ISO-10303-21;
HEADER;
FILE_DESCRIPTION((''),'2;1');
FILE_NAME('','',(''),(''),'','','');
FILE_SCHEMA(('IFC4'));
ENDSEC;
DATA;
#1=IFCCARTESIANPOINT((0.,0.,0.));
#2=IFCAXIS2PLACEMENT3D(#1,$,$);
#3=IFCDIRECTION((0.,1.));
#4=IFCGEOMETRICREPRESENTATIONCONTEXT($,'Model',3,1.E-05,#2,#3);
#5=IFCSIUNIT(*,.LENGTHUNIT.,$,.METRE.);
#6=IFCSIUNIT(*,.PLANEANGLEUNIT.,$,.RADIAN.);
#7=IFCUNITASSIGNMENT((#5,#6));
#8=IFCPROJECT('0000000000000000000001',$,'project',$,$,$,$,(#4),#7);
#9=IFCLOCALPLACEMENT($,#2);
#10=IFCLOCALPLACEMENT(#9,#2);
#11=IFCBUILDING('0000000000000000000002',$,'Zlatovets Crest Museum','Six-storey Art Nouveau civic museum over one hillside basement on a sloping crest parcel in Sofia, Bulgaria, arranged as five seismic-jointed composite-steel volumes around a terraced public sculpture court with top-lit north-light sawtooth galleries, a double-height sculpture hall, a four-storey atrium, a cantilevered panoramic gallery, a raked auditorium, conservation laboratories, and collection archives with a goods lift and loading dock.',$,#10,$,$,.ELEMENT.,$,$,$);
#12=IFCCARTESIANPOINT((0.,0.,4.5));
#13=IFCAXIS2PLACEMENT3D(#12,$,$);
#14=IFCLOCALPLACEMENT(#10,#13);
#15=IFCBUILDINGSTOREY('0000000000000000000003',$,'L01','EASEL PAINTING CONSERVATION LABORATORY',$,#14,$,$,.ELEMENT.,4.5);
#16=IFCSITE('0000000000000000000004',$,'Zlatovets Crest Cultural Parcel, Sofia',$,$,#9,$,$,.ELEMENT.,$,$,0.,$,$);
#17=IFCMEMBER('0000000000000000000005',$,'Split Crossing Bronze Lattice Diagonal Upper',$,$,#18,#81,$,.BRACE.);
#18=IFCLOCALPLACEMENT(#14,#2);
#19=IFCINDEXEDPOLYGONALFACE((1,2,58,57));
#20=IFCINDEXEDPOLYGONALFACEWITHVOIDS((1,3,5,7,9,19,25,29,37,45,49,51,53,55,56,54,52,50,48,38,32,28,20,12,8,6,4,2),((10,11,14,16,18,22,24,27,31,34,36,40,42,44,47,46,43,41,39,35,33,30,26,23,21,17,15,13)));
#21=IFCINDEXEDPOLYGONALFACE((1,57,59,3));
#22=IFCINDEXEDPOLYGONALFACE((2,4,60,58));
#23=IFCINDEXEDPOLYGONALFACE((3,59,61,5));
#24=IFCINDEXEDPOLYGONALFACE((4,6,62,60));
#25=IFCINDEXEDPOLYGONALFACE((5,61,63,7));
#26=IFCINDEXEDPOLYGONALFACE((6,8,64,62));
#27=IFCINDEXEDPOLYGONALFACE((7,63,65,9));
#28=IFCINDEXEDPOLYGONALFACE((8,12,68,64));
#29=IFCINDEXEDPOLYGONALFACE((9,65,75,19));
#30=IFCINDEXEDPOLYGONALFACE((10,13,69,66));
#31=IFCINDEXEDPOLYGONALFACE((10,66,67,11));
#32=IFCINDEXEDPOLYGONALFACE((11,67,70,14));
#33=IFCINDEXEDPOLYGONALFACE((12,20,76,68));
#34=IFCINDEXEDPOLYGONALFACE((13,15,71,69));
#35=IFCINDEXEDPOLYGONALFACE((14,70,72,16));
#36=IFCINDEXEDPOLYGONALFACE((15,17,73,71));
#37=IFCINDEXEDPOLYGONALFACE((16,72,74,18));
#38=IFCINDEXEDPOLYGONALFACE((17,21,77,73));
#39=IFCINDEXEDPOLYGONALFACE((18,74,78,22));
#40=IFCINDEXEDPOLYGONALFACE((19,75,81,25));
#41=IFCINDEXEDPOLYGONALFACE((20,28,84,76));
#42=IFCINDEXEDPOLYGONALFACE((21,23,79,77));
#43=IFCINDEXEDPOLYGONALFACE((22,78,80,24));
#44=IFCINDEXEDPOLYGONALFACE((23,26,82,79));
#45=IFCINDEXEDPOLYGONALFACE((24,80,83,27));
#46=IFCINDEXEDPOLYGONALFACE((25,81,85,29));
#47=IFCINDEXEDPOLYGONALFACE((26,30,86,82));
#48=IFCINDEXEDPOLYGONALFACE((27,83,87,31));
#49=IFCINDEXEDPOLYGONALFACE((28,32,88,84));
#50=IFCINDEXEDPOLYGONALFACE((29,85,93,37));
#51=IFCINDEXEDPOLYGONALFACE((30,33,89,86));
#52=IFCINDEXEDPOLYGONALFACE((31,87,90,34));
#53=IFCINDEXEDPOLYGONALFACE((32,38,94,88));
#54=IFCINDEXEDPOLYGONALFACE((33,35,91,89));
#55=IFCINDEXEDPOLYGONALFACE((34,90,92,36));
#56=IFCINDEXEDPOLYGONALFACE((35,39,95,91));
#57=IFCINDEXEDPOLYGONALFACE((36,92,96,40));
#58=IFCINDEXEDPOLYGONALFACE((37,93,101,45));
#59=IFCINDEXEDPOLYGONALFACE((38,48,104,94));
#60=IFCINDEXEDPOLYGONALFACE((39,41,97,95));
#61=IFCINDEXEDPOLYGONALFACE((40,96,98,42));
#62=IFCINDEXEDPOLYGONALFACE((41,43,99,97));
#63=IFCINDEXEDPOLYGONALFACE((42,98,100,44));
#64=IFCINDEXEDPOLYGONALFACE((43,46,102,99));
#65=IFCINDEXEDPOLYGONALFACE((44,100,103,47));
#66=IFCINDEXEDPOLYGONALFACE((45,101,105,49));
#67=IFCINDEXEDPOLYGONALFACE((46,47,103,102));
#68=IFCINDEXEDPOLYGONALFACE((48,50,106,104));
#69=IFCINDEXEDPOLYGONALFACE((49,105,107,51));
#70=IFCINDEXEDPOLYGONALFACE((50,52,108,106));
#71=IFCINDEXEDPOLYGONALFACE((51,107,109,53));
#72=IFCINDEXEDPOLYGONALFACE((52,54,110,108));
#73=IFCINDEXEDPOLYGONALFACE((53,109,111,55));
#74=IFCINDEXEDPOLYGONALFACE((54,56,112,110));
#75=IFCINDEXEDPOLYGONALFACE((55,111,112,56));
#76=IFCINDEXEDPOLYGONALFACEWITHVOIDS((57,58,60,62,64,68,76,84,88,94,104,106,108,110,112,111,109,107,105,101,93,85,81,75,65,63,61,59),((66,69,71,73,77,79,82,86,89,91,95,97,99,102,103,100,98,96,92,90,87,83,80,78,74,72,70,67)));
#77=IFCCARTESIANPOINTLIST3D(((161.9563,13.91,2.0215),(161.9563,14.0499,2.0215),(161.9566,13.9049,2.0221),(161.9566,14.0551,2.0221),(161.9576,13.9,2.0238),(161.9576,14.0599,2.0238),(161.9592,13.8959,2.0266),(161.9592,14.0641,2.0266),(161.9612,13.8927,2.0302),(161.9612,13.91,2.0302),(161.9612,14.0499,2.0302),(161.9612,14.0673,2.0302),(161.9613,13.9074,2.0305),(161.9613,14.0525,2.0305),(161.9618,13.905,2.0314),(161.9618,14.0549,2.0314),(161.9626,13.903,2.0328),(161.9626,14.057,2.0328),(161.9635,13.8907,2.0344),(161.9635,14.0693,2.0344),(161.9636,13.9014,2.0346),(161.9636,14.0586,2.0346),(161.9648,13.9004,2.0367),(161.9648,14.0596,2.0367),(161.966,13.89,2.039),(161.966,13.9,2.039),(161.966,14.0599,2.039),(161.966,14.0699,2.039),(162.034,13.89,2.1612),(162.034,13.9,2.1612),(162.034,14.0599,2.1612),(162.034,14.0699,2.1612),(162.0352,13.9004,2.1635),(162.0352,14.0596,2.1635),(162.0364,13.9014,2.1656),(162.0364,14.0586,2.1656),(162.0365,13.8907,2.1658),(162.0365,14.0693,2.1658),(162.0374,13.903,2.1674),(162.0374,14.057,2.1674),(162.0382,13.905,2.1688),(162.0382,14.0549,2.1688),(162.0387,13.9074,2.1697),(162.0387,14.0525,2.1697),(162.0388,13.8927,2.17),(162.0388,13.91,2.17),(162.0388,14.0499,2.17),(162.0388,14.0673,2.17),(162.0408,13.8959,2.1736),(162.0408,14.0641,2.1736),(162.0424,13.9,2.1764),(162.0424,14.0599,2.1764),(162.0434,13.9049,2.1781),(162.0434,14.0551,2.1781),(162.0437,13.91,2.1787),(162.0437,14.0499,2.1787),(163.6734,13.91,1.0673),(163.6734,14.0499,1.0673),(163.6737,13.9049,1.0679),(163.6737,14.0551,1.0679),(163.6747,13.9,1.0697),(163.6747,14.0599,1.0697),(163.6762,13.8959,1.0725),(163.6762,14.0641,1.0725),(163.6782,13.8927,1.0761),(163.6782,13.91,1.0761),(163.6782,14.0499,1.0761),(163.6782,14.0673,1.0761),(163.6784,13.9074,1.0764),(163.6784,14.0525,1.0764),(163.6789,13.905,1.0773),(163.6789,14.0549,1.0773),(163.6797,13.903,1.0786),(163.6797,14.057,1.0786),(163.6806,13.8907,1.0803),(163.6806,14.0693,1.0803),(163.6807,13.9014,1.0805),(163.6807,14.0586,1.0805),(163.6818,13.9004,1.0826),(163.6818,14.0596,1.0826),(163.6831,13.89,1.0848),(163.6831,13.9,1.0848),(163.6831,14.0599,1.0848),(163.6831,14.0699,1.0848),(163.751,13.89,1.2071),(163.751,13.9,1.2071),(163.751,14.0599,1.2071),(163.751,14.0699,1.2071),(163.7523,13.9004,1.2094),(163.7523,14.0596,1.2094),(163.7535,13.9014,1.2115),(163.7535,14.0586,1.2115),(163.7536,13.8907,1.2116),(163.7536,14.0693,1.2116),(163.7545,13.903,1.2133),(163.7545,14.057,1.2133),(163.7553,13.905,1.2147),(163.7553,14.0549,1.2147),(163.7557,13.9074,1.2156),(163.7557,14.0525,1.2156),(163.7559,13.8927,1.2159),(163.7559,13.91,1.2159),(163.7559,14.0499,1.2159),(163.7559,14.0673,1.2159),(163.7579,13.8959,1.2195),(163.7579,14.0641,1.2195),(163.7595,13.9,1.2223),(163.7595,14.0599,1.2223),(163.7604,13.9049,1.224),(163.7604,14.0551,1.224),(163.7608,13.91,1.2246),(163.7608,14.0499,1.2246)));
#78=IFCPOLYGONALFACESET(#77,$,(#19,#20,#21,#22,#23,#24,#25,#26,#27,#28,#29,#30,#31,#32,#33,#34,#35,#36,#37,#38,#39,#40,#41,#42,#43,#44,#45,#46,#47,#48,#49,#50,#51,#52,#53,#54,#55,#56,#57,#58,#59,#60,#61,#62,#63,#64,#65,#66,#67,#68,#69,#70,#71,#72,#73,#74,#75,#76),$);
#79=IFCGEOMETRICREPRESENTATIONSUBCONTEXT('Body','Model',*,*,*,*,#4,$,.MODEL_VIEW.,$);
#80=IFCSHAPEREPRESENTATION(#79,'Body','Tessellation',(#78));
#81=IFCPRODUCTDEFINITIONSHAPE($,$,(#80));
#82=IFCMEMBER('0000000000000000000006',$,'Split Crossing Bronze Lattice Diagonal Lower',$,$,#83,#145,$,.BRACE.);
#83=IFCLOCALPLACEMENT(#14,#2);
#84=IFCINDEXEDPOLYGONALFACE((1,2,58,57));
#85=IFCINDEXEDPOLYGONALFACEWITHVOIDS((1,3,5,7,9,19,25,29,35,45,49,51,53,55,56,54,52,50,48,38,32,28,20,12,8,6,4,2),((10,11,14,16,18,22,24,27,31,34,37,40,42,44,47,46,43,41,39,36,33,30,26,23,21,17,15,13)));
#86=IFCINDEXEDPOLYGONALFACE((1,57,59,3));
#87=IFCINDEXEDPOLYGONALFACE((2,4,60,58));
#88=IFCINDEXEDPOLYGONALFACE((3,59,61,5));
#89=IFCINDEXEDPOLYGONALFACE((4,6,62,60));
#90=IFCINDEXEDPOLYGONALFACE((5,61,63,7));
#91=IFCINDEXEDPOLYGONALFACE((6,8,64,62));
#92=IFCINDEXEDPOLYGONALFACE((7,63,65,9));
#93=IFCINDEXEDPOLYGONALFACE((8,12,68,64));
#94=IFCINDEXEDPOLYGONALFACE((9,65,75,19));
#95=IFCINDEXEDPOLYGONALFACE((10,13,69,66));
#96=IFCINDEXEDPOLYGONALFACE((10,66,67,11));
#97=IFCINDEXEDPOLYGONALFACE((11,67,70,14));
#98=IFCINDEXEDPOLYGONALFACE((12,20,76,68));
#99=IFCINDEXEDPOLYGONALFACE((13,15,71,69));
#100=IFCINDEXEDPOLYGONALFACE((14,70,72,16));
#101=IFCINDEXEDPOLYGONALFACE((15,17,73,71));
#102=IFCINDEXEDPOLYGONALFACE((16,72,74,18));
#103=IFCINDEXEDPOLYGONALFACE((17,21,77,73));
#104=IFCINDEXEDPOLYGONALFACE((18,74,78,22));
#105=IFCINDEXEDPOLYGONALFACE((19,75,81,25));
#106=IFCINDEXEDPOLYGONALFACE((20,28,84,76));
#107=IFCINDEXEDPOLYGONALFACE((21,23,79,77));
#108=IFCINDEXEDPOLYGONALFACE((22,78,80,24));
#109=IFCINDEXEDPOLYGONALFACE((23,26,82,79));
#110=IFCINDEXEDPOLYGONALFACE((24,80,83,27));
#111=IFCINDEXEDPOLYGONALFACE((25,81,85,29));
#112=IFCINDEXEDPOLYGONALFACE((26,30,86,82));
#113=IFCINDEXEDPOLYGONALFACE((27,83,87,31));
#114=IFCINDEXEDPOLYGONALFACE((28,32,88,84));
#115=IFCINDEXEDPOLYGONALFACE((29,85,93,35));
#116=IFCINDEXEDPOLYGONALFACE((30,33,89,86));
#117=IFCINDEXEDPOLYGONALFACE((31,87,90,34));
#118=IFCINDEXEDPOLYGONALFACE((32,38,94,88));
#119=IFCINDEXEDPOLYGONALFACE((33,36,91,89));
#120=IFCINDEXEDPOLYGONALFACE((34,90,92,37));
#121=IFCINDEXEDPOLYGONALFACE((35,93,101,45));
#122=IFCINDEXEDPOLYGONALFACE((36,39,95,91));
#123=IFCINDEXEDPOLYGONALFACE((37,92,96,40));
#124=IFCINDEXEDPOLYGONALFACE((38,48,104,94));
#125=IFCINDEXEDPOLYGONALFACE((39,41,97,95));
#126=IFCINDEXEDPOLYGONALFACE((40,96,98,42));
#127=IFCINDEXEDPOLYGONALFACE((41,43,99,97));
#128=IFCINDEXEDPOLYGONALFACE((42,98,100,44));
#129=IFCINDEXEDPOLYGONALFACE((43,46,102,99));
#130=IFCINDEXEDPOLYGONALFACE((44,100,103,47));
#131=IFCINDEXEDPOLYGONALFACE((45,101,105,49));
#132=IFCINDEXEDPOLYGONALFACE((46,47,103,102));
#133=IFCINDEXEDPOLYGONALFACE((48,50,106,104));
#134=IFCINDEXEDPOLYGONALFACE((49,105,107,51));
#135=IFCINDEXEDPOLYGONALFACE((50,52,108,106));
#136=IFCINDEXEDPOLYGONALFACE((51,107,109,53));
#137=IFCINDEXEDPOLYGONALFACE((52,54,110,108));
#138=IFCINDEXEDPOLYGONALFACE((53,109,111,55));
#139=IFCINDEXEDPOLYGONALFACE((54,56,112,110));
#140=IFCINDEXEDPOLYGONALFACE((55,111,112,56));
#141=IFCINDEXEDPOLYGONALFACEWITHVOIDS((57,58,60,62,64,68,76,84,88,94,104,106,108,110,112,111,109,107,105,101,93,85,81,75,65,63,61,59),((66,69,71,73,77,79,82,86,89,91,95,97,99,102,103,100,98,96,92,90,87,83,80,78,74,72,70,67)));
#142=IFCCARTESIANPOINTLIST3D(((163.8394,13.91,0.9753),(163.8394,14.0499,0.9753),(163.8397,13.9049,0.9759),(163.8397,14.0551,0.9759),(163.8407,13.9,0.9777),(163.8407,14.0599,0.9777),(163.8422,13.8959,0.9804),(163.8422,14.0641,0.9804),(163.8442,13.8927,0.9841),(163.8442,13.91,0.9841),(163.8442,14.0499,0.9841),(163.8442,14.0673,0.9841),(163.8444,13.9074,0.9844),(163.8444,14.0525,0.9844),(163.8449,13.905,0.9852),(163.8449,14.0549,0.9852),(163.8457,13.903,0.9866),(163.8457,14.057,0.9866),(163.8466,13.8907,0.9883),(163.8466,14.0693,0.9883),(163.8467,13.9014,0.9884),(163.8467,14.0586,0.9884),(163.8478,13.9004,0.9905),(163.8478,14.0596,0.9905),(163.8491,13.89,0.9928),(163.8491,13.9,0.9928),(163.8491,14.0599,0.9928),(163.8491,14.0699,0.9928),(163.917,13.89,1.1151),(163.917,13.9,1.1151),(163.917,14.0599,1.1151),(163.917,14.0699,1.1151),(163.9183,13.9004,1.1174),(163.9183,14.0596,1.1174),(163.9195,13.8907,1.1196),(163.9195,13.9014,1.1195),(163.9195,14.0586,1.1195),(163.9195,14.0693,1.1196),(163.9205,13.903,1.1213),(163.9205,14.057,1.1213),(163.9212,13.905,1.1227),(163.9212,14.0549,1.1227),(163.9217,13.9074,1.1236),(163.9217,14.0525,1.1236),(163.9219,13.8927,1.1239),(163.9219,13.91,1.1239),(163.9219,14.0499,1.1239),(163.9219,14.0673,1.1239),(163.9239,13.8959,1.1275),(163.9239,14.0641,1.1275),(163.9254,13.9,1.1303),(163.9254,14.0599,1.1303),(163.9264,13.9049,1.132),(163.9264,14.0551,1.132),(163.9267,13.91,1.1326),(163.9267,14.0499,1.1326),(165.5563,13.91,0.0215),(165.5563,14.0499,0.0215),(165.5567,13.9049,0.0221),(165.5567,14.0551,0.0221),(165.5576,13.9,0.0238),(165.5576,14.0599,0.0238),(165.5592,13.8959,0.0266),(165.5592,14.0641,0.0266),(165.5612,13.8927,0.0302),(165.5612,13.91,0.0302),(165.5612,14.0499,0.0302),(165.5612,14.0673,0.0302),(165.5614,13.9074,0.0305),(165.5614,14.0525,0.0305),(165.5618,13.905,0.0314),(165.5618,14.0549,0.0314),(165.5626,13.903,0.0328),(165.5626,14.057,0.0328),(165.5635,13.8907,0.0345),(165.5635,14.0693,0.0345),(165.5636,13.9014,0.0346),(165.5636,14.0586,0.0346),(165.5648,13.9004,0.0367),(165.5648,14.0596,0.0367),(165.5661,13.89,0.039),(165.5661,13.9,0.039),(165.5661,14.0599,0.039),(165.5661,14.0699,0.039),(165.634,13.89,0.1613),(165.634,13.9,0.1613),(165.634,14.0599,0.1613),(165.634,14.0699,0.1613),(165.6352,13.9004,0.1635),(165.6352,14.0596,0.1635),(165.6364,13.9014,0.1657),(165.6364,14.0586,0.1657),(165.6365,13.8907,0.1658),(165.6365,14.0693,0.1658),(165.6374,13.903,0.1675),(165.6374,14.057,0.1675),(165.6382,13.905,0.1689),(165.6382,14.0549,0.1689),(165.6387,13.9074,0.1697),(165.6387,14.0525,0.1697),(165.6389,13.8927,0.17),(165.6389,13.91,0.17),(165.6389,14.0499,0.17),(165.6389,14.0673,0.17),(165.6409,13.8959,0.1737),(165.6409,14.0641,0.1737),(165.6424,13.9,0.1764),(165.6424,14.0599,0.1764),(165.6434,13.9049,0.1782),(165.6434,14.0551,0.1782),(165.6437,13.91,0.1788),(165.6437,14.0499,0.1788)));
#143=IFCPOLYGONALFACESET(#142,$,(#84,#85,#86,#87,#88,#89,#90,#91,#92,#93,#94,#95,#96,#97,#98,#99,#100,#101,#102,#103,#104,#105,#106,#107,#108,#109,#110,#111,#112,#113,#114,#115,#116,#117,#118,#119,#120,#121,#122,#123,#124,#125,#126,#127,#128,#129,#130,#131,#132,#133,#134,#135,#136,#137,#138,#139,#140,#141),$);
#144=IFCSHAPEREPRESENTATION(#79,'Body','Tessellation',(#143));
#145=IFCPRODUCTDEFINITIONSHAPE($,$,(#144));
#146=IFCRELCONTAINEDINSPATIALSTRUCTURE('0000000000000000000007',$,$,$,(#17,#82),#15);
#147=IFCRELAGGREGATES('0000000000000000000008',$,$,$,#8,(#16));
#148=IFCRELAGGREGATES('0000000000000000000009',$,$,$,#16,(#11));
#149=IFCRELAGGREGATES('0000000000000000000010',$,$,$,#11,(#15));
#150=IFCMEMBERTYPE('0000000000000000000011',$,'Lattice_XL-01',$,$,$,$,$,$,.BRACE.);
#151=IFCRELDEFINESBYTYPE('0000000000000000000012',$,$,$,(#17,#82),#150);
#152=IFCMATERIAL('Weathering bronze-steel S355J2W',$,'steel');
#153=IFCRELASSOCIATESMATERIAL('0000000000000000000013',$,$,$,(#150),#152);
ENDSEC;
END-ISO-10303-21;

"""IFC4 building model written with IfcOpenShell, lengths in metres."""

from ifc_helpers import new_model, si_unit, direction, frame, origin, origin_2d, place, context, subcontext, project, spatial, hollow_rectangle, extrude, material, material_profile, profile_set, type_object, element, save


model = new_model("IFC4")

# Units and contexts
model_context = context("Model", 3, precision=1e-05, world=origin(), true_north=direction((0.0, 1.0)))
body_context = subcontext(model_context, "Body", "Model", "MODEL_VIEW")
ifc_project = project(units=[si_unit("LENGTHUNIT", "METRE"), si_unit("PLANEANGLEUNIT", "RADIAN")], contexts=[model_context])

# Site, building, storey
site_placement = place(None, origin())
site = spatial("IfcSite", under=ifc_project, at=site_placement, Name="Zlatovets Crest Cultural Parcel, Sofia", CompositionType="ELEMENT", RefElevation=0.0)
building_placement = place(site_placement, origin())
building = spatial("IfcBuilding", under=site, at=building_placement, Name="Zlatovets Crest Museum", Description="Six-storey Art Nouveau civic museum over one hillside basement on a sloping crest parcel in Sofia, Bulgaria, arranged as five seismic-jointed composite-steel volumes around a terraced public sculpture court with top-lit north-light sawtooth galleries, a double-height sculpture hall, a four-storey atrium, a cantilevered panoramic gallery, a raked auditorium, conservation laboratories, and collection archives with a goods lift and loading dock.", CompositionType="ELEMENT")
storey_placement = place(building_placement, frame((0.0, 0.0, 4.5)))
storey = spatial("IfcBuildingStorey", under=building, at=storey_placement, Name="L01", Description="EASEL PAINTING CONSERVATION LABORATORY", CompositionType="ELEMENT", Elevation=4.5)

# Members
ifc_material_1 = material(Name="Weathering bronze-steel S355J2W", Category="steel")
ifc_material_profile_1 = material_profile(ifc_material_1, hollow_rectangle(XDim=0.1799, YDim=0.1799, WallThickness=0.01, InnerFilletRadius=0.01, OuterFilletRadius=0.02, at=origin_2d()), Name="SHS 180x180x10.0")
ifc_profile_set_1 = profile_set([ifc_material_profile_1], Name="Weathering bronze-steel S355J2W")
member_type_1 = type_object("IfcMemberType", Name="Lattice_XL-01", PredefinedType="BRACE", material=ifc_profile_set_1)
member_1_placement = place(storey_placement, frame((162.0, 13.98, 2.1001), z_axis=(0.874116, 0.0, -0.485717), x_axis=(0.0, 1.0, 0.0)))
element("IfcMember", 1, at=member_1_placement, inside=storey, type_object=member_type_1, Name="Split Crossing Bronze Lattice Diagonal Upper", PredefinedType="BRACE", context=body_context, shape_type="SweptSolid", body=[
    extrude(hollow_rectangle(XDim=0.1799, YDim=0.1799, WallThickness=0.01, InnerFilletRadius=0.01, OuterFilletRadius=0.02, at=origin_2d()), origin(), (0.0, 0.0, 1.0), 1.9644),
])
member_2_placement = place(storey_placement, frame((163.8831, 13.98, 1.054), z_axis=(0.874169, 0.0, -0.485622), x_axis=(0.0, 1.0, 0.0)))
element("IfcMember", 2, at=member_2_placement, inside=storey, type_object=member_type_1, Name="Split Crossing Bronze Lattice Diagonal Lower", PredefinedType="BRACE", context=body_context, shape_type="SweptSolid", body=[
    extrude(hollow_rectangle(XDim=0.1799, YDim=0.1799, WallThickness=0.01, InnerFilletRadius=0.01, OuterFilletRadius=0.02, at=origin_2d()), origin(), (0.0, 0.0, 1.0), 1.9641),
])

save(model, "model.ifc")
